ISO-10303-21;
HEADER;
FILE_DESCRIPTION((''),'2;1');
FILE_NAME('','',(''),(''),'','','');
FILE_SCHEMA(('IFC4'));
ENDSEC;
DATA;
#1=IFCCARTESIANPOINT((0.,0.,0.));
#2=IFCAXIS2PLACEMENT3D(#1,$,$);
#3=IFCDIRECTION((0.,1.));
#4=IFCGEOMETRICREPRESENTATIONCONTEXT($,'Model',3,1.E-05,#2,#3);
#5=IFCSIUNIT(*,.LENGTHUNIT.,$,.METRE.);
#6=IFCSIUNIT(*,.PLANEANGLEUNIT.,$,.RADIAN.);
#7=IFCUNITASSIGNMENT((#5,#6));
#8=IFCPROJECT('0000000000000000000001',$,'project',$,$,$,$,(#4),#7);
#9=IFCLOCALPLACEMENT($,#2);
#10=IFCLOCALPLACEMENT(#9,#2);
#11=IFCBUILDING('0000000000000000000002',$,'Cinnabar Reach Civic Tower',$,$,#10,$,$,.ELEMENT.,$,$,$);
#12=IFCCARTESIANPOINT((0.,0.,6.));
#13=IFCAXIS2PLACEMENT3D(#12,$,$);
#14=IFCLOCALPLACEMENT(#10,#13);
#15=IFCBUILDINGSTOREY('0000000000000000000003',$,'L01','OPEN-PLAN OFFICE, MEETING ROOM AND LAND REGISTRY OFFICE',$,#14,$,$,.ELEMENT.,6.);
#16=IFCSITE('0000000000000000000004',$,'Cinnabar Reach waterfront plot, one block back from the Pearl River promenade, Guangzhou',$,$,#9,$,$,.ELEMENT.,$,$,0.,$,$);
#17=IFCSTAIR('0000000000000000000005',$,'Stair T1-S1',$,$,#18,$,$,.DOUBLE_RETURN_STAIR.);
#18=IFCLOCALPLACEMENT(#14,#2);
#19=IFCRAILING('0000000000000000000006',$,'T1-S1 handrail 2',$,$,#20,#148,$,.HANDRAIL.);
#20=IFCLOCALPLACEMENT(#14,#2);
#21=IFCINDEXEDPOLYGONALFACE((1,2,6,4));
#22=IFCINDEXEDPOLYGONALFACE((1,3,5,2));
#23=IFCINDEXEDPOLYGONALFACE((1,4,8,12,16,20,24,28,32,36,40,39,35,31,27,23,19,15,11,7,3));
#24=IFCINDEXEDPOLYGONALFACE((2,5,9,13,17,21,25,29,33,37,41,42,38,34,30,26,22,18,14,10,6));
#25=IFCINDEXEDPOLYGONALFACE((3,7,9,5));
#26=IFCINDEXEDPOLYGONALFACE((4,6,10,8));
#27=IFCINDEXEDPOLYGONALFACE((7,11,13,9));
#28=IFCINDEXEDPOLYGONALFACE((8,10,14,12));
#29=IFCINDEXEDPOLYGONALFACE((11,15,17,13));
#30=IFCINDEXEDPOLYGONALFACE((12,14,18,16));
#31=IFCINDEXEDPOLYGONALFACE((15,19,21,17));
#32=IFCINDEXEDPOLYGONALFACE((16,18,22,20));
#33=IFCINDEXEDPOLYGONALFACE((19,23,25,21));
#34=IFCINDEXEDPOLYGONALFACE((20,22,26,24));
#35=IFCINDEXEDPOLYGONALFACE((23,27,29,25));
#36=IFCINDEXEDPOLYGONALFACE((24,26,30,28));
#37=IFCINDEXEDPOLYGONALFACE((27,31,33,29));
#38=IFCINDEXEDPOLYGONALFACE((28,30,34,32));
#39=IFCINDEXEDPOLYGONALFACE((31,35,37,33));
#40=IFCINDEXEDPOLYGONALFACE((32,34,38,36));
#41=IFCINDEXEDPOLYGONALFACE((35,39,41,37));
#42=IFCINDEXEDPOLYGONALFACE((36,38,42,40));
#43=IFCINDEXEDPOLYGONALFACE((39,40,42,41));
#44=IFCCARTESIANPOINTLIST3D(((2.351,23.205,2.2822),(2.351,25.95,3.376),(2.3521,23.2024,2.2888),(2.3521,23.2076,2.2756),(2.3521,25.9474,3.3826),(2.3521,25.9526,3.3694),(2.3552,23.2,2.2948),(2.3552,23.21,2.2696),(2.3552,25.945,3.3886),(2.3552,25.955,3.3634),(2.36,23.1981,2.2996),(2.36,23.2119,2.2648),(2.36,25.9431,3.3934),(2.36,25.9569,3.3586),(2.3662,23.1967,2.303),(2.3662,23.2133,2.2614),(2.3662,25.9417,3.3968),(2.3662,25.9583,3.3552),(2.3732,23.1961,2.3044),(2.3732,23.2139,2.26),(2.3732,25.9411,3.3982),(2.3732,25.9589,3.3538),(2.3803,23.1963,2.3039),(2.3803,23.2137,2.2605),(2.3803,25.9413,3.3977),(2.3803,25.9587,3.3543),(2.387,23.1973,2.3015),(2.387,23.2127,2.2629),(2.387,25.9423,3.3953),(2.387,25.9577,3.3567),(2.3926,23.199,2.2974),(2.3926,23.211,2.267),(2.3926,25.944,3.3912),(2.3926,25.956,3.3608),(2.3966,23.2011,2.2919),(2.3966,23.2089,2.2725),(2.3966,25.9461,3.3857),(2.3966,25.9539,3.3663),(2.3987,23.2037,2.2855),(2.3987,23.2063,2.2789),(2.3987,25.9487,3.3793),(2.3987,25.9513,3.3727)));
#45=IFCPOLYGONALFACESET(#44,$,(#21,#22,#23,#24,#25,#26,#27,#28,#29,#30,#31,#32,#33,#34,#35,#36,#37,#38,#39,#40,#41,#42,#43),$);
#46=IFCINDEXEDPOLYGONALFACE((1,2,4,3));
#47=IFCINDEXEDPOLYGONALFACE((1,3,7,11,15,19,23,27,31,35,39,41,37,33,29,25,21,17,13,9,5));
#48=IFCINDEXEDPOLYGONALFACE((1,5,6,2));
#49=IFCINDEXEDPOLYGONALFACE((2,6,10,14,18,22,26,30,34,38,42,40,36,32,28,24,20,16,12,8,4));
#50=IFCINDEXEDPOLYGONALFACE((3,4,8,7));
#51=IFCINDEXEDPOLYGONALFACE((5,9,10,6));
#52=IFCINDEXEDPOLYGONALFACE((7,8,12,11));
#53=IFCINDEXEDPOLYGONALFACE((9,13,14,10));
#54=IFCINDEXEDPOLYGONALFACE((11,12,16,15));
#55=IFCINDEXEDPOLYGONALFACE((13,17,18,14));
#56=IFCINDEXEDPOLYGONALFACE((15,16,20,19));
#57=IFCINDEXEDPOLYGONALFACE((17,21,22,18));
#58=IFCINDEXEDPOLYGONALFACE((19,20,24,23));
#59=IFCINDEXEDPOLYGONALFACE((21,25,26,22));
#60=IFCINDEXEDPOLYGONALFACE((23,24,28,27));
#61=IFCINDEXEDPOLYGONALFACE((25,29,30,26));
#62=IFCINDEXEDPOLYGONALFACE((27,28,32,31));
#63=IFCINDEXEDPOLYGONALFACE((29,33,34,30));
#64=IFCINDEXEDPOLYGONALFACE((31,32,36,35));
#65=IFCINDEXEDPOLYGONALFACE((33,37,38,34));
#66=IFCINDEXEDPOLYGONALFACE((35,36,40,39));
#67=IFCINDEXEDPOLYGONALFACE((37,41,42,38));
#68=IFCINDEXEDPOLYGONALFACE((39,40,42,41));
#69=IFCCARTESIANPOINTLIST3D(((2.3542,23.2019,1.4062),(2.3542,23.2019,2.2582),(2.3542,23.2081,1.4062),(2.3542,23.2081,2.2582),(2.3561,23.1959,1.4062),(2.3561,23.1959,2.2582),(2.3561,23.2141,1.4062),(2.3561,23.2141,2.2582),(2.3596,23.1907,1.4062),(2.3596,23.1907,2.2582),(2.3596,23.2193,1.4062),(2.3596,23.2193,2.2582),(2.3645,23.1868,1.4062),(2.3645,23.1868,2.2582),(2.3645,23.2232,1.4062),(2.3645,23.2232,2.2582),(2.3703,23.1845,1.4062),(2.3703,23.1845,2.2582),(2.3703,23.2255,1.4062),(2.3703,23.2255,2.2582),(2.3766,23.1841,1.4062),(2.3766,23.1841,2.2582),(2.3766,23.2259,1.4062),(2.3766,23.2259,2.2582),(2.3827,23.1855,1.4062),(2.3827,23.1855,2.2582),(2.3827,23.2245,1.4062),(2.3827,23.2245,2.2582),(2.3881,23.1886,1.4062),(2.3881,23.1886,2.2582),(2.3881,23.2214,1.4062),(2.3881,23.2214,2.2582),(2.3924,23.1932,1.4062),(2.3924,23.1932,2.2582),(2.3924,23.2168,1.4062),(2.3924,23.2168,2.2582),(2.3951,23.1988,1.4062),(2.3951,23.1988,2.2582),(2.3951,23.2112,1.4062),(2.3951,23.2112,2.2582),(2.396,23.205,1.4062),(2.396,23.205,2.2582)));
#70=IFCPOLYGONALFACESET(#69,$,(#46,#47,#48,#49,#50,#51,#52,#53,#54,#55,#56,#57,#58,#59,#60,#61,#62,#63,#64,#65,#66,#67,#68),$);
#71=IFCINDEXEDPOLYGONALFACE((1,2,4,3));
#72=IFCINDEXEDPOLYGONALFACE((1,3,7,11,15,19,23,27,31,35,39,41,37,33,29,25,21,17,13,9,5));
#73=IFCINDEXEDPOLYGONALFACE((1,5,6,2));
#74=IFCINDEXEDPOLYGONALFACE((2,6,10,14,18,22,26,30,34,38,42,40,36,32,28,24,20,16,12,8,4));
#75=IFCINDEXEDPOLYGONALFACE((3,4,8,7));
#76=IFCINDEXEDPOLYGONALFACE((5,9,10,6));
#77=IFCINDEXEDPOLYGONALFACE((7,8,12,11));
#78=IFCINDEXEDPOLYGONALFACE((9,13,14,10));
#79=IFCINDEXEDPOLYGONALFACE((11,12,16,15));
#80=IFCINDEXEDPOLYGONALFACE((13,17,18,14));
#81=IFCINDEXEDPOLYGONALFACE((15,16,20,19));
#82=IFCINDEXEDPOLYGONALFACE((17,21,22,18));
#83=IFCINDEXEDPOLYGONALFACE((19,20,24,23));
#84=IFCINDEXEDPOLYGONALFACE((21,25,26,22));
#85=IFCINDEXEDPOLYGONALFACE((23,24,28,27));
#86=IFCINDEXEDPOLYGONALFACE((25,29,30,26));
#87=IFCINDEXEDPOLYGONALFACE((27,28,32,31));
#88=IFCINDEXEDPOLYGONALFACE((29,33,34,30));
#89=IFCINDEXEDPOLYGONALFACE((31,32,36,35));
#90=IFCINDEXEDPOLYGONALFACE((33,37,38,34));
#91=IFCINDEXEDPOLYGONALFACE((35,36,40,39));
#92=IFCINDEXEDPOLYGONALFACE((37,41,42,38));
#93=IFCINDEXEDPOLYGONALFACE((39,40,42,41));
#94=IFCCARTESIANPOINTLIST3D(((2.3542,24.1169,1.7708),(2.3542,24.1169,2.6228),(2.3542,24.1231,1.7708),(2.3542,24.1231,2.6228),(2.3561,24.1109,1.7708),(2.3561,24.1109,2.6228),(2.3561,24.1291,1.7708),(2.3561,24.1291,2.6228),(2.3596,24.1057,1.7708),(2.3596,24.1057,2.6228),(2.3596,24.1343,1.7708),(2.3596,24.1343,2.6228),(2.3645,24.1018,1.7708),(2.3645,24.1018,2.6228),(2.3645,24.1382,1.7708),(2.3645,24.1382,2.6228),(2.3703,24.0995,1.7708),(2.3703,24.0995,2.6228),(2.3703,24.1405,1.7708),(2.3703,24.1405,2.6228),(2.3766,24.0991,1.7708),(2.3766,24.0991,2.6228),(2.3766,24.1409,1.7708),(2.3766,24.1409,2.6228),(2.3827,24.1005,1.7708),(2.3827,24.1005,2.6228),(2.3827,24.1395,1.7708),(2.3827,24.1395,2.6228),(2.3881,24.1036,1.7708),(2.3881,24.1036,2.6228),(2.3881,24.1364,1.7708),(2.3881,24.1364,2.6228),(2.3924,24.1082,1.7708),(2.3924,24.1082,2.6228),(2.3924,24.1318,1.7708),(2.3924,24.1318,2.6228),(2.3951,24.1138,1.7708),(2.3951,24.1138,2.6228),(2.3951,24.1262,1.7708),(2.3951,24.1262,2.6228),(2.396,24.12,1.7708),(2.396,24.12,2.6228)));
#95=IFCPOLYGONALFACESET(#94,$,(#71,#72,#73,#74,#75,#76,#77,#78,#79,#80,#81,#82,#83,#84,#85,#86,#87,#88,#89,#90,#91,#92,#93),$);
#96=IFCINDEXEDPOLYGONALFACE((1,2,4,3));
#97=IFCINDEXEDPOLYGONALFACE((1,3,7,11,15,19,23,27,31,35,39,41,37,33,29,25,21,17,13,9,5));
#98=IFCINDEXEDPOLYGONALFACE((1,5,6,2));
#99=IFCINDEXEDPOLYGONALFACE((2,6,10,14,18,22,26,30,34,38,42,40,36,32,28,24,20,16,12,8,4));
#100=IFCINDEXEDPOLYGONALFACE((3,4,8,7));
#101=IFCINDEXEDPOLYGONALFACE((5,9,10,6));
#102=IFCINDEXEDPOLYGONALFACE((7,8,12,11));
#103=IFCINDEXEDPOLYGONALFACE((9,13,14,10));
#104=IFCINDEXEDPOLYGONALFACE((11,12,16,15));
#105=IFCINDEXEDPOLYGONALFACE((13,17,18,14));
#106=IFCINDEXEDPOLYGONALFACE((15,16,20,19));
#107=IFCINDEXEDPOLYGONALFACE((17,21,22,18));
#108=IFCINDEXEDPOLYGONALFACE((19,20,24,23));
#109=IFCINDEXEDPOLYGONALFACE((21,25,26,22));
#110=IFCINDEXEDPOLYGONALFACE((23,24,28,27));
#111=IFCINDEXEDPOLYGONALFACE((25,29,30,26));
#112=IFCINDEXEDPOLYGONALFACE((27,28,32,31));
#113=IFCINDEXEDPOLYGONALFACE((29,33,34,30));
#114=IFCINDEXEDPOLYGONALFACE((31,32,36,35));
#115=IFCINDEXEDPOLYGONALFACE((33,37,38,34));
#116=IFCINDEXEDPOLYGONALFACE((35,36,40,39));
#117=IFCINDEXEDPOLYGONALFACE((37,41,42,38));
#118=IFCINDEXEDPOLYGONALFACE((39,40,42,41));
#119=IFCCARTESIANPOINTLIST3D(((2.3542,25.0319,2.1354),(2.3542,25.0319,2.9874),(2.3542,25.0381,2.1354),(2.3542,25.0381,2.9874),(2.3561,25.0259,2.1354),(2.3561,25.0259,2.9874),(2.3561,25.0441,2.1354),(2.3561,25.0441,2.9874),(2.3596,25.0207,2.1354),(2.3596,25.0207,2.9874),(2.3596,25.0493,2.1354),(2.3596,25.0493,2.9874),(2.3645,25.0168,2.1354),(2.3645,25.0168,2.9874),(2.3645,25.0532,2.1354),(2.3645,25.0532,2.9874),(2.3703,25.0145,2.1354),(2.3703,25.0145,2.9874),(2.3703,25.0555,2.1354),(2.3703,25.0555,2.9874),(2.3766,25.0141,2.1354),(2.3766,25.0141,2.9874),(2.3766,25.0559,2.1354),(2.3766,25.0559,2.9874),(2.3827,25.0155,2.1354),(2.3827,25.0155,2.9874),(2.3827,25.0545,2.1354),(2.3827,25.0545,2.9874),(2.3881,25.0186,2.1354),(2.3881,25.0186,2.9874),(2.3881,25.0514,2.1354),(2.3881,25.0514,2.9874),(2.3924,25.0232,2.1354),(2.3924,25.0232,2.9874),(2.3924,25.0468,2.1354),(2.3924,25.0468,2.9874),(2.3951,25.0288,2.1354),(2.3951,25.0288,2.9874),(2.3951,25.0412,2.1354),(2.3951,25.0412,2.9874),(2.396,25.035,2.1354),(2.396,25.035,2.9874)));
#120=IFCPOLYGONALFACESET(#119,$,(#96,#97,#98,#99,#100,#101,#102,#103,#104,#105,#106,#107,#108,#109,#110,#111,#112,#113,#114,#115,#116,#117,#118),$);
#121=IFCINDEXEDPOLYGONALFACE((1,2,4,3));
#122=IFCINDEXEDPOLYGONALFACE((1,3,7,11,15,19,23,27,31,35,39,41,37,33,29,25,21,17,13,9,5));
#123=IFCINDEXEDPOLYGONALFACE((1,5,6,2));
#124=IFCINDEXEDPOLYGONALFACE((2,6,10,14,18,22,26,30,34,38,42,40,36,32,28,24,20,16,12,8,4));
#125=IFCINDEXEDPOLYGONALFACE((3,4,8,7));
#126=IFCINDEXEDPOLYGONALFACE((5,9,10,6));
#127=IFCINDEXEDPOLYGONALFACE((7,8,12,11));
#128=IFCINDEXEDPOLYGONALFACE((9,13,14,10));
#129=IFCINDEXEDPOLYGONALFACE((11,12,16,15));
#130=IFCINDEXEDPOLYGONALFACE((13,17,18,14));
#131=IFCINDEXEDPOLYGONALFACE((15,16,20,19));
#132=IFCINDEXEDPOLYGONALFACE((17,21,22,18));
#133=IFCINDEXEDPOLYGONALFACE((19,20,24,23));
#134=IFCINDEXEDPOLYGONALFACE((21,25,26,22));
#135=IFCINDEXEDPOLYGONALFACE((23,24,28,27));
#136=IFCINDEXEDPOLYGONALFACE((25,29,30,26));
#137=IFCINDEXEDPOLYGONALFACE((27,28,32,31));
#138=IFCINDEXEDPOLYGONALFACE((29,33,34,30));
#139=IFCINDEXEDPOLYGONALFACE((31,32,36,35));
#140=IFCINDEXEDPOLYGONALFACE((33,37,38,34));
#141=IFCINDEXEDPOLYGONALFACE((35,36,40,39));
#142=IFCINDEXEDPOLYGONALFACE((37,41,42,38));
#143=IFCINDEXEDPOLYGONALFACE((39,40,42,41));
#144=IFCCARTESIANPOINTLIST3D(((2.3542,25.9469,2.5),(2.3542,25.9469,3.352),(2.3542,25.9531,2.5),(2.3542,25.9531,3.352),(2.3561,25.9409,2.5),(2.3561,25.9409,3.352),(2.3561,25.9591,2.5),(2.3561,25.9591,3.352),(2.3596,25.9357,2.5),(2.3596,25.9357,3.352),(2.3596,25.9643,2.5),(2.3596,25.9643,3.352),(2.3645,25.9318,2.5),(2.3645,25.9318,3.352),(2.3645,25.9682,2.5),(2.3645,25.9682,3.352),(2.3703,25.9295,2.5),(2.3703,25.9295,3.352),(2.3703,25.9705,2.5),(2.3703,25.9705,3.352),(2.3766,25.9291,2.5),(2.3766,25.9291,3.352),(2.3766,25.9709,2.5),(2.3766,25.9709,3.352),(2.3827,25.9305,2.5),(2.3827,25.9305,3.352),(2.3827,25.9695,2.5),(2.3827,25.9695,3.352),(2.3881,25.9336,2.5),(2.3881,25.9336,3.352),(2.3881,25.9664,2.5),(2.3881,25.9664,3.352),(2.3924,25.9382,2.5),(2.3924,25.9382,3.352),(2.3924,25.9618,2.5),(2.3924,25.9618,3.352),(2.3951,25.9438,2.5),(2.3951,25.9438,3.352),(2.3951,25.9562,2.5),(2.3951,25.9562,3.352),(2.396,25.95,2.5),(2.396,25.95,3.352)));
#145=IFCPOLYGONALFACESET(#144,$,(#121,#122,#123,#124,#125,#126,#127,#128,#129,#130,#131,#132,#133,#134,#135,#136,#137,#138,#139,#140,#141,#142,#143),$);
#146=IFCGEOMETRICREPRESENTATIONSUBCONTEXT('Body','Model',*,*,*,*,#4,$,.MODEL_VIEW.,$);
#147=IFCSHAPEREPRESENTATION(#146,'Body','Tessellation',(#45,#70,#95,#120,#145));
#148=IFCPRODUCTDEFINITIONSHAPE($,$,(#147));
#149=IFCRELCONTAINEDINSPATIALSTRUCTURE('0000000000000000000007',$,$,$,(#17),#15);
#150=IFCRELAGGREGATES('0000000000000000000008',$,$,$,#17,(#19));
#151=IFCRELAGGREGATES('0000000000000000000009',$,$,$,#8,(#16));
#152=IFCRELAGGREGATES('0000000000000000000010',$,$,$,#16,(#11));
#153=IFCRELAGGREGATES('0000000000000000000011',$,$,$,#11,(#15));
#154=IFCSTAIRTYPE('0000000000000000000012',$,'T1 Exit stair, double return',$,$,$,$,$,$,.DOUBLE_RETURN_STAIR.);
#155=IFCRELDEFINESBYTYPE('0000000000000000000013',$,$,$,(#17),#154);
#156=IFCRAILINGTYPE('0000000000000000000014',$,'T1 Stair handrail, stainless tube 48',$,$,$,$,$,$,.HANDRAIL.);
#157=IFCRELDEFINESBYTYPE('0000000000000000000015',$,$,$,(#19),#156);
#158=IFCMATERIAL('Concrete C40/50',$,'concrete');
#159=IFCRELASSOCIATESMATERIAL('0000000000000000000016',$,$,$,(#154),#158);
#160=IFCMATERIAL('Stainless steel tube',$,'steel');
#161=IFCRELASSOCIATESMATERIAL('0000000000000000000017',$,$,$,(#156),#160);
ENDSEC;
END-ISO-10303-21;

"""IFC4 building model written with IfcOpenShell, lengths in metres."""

from ifc_helpers import new_model, si_unit, direction, frame, origin, origin_2d, place, context, subcontext, project, spatial, circle, extrude, material, type_object, element, aggregate, save


model = new_model("IFC4")

# Units and contexts
model_context = context("Model", 3, precision=1e-05, world=origin(), true_north=direction((0.0, 1.0)))
body_context = subcontext(model_context, "Body", "Model", "MODEL_VIEW")
ifc_project = project(units=[si_unit("LENGTHUNIT", "METRE"), si_unit("PLANEANGLEUNIT", "RADIAN")], contexts=[model_context])

# Site, building, storey
site_placement = place(None, origin())
site = spatial("IfcSite", under=ifc_project, at=site_placement, Name="Cinnabar Reach waterfront plot, one block back from the Pearl River promenade, Guangzhou", CompositionType="ELEMENT", RefElevation=0.0)
building_placement = place(site_placement, origin())
building = spatial("IfcBuilding", under=site, at=building_placement, Name="Cinnabar Reach Civic Tower", CompositionType="ELEMENT")
storey_placement = place(building_placement, frame((0.0, 0.0, 6.0)))
storey = spatial("IfcBuildingStorey", under=building, at=storey_placement, Name="L01", Description="OPEN-PLAN OFFICE, MEETING ROOM AND LAND REGISTRY OFFICE", CompositionType="ELEMENT", Elevation=6.0)

# Shared definitions
ifc_material_1 = material(Name="Concrete C40/50", Category="concrete")

# Stair, railing
stair_type = type_object("IfcStairType", Name="T1 Exit stair, double return", PredefinedType="DOUBLE_RETURN_STAIR", material=ifc_material_1)
stair_1_placement = place(storey_placement, origin())
stair_1 = element("IfcStair", 1, at=stair_1_placement, inside=storey, type_object=stair_type, Name="Stair T1-S1", PredefinedType="DOUBLE_RETURN_STAIR")
ifc_material_2 = material(Name="Stainless steel tube", Category="steel")
railing_type_1 = type_object("IfcRailingType", Name="T1 Stair handrail, stainless tube 48", PredefinedType="HANDRAIL", material=ifc_material_2)
railing_1_placement = place(storey_placement, frame((2.375, 23.205, 1.4062)))
railing_1 = element("IfcRailing", 2, at=railing_1_placement, type_object=railing_type_1, Name="T1-S1 handrail 2", PredefinedType="HANDRAIL", context=body_context, shape_type="SweptSolid", body=[
    extrude(circle(Radius=0.024, at=origin_2d()), frame((0.0, 0.0, 0.876), z_axis=(0.0, 0.928966, 0.370165), x_axis=(-1.0, 0.0, 0.0)), (0.0, 0.0, 1.0), 2.9549),
    extrude(circle(Radius=0.021, at=origin_2d()), origin(), (0.0, 0.0, 1.0), 0.852),
    extrude(circle(Radius=0.021, at=origin_2d()), frame((0.0, 0.915, 0.3646)), (0.0, 0.0, 1.0), 0.852),
    extrude(circle(Radius=0.021, at=origin_2d()), frame((0.0, 1.83, 0.7292)), (0.0, 0.0, 1.0), 0.852),
    extrude(circle(Radius=0.021, at=origin_2d()), frame((0.0, 2.745, 1.0938)), (0.0, 0.0, 1.0), 0.852),
])
aggregate(stair_1, [railing_1])

save(model, "model.ifc")
